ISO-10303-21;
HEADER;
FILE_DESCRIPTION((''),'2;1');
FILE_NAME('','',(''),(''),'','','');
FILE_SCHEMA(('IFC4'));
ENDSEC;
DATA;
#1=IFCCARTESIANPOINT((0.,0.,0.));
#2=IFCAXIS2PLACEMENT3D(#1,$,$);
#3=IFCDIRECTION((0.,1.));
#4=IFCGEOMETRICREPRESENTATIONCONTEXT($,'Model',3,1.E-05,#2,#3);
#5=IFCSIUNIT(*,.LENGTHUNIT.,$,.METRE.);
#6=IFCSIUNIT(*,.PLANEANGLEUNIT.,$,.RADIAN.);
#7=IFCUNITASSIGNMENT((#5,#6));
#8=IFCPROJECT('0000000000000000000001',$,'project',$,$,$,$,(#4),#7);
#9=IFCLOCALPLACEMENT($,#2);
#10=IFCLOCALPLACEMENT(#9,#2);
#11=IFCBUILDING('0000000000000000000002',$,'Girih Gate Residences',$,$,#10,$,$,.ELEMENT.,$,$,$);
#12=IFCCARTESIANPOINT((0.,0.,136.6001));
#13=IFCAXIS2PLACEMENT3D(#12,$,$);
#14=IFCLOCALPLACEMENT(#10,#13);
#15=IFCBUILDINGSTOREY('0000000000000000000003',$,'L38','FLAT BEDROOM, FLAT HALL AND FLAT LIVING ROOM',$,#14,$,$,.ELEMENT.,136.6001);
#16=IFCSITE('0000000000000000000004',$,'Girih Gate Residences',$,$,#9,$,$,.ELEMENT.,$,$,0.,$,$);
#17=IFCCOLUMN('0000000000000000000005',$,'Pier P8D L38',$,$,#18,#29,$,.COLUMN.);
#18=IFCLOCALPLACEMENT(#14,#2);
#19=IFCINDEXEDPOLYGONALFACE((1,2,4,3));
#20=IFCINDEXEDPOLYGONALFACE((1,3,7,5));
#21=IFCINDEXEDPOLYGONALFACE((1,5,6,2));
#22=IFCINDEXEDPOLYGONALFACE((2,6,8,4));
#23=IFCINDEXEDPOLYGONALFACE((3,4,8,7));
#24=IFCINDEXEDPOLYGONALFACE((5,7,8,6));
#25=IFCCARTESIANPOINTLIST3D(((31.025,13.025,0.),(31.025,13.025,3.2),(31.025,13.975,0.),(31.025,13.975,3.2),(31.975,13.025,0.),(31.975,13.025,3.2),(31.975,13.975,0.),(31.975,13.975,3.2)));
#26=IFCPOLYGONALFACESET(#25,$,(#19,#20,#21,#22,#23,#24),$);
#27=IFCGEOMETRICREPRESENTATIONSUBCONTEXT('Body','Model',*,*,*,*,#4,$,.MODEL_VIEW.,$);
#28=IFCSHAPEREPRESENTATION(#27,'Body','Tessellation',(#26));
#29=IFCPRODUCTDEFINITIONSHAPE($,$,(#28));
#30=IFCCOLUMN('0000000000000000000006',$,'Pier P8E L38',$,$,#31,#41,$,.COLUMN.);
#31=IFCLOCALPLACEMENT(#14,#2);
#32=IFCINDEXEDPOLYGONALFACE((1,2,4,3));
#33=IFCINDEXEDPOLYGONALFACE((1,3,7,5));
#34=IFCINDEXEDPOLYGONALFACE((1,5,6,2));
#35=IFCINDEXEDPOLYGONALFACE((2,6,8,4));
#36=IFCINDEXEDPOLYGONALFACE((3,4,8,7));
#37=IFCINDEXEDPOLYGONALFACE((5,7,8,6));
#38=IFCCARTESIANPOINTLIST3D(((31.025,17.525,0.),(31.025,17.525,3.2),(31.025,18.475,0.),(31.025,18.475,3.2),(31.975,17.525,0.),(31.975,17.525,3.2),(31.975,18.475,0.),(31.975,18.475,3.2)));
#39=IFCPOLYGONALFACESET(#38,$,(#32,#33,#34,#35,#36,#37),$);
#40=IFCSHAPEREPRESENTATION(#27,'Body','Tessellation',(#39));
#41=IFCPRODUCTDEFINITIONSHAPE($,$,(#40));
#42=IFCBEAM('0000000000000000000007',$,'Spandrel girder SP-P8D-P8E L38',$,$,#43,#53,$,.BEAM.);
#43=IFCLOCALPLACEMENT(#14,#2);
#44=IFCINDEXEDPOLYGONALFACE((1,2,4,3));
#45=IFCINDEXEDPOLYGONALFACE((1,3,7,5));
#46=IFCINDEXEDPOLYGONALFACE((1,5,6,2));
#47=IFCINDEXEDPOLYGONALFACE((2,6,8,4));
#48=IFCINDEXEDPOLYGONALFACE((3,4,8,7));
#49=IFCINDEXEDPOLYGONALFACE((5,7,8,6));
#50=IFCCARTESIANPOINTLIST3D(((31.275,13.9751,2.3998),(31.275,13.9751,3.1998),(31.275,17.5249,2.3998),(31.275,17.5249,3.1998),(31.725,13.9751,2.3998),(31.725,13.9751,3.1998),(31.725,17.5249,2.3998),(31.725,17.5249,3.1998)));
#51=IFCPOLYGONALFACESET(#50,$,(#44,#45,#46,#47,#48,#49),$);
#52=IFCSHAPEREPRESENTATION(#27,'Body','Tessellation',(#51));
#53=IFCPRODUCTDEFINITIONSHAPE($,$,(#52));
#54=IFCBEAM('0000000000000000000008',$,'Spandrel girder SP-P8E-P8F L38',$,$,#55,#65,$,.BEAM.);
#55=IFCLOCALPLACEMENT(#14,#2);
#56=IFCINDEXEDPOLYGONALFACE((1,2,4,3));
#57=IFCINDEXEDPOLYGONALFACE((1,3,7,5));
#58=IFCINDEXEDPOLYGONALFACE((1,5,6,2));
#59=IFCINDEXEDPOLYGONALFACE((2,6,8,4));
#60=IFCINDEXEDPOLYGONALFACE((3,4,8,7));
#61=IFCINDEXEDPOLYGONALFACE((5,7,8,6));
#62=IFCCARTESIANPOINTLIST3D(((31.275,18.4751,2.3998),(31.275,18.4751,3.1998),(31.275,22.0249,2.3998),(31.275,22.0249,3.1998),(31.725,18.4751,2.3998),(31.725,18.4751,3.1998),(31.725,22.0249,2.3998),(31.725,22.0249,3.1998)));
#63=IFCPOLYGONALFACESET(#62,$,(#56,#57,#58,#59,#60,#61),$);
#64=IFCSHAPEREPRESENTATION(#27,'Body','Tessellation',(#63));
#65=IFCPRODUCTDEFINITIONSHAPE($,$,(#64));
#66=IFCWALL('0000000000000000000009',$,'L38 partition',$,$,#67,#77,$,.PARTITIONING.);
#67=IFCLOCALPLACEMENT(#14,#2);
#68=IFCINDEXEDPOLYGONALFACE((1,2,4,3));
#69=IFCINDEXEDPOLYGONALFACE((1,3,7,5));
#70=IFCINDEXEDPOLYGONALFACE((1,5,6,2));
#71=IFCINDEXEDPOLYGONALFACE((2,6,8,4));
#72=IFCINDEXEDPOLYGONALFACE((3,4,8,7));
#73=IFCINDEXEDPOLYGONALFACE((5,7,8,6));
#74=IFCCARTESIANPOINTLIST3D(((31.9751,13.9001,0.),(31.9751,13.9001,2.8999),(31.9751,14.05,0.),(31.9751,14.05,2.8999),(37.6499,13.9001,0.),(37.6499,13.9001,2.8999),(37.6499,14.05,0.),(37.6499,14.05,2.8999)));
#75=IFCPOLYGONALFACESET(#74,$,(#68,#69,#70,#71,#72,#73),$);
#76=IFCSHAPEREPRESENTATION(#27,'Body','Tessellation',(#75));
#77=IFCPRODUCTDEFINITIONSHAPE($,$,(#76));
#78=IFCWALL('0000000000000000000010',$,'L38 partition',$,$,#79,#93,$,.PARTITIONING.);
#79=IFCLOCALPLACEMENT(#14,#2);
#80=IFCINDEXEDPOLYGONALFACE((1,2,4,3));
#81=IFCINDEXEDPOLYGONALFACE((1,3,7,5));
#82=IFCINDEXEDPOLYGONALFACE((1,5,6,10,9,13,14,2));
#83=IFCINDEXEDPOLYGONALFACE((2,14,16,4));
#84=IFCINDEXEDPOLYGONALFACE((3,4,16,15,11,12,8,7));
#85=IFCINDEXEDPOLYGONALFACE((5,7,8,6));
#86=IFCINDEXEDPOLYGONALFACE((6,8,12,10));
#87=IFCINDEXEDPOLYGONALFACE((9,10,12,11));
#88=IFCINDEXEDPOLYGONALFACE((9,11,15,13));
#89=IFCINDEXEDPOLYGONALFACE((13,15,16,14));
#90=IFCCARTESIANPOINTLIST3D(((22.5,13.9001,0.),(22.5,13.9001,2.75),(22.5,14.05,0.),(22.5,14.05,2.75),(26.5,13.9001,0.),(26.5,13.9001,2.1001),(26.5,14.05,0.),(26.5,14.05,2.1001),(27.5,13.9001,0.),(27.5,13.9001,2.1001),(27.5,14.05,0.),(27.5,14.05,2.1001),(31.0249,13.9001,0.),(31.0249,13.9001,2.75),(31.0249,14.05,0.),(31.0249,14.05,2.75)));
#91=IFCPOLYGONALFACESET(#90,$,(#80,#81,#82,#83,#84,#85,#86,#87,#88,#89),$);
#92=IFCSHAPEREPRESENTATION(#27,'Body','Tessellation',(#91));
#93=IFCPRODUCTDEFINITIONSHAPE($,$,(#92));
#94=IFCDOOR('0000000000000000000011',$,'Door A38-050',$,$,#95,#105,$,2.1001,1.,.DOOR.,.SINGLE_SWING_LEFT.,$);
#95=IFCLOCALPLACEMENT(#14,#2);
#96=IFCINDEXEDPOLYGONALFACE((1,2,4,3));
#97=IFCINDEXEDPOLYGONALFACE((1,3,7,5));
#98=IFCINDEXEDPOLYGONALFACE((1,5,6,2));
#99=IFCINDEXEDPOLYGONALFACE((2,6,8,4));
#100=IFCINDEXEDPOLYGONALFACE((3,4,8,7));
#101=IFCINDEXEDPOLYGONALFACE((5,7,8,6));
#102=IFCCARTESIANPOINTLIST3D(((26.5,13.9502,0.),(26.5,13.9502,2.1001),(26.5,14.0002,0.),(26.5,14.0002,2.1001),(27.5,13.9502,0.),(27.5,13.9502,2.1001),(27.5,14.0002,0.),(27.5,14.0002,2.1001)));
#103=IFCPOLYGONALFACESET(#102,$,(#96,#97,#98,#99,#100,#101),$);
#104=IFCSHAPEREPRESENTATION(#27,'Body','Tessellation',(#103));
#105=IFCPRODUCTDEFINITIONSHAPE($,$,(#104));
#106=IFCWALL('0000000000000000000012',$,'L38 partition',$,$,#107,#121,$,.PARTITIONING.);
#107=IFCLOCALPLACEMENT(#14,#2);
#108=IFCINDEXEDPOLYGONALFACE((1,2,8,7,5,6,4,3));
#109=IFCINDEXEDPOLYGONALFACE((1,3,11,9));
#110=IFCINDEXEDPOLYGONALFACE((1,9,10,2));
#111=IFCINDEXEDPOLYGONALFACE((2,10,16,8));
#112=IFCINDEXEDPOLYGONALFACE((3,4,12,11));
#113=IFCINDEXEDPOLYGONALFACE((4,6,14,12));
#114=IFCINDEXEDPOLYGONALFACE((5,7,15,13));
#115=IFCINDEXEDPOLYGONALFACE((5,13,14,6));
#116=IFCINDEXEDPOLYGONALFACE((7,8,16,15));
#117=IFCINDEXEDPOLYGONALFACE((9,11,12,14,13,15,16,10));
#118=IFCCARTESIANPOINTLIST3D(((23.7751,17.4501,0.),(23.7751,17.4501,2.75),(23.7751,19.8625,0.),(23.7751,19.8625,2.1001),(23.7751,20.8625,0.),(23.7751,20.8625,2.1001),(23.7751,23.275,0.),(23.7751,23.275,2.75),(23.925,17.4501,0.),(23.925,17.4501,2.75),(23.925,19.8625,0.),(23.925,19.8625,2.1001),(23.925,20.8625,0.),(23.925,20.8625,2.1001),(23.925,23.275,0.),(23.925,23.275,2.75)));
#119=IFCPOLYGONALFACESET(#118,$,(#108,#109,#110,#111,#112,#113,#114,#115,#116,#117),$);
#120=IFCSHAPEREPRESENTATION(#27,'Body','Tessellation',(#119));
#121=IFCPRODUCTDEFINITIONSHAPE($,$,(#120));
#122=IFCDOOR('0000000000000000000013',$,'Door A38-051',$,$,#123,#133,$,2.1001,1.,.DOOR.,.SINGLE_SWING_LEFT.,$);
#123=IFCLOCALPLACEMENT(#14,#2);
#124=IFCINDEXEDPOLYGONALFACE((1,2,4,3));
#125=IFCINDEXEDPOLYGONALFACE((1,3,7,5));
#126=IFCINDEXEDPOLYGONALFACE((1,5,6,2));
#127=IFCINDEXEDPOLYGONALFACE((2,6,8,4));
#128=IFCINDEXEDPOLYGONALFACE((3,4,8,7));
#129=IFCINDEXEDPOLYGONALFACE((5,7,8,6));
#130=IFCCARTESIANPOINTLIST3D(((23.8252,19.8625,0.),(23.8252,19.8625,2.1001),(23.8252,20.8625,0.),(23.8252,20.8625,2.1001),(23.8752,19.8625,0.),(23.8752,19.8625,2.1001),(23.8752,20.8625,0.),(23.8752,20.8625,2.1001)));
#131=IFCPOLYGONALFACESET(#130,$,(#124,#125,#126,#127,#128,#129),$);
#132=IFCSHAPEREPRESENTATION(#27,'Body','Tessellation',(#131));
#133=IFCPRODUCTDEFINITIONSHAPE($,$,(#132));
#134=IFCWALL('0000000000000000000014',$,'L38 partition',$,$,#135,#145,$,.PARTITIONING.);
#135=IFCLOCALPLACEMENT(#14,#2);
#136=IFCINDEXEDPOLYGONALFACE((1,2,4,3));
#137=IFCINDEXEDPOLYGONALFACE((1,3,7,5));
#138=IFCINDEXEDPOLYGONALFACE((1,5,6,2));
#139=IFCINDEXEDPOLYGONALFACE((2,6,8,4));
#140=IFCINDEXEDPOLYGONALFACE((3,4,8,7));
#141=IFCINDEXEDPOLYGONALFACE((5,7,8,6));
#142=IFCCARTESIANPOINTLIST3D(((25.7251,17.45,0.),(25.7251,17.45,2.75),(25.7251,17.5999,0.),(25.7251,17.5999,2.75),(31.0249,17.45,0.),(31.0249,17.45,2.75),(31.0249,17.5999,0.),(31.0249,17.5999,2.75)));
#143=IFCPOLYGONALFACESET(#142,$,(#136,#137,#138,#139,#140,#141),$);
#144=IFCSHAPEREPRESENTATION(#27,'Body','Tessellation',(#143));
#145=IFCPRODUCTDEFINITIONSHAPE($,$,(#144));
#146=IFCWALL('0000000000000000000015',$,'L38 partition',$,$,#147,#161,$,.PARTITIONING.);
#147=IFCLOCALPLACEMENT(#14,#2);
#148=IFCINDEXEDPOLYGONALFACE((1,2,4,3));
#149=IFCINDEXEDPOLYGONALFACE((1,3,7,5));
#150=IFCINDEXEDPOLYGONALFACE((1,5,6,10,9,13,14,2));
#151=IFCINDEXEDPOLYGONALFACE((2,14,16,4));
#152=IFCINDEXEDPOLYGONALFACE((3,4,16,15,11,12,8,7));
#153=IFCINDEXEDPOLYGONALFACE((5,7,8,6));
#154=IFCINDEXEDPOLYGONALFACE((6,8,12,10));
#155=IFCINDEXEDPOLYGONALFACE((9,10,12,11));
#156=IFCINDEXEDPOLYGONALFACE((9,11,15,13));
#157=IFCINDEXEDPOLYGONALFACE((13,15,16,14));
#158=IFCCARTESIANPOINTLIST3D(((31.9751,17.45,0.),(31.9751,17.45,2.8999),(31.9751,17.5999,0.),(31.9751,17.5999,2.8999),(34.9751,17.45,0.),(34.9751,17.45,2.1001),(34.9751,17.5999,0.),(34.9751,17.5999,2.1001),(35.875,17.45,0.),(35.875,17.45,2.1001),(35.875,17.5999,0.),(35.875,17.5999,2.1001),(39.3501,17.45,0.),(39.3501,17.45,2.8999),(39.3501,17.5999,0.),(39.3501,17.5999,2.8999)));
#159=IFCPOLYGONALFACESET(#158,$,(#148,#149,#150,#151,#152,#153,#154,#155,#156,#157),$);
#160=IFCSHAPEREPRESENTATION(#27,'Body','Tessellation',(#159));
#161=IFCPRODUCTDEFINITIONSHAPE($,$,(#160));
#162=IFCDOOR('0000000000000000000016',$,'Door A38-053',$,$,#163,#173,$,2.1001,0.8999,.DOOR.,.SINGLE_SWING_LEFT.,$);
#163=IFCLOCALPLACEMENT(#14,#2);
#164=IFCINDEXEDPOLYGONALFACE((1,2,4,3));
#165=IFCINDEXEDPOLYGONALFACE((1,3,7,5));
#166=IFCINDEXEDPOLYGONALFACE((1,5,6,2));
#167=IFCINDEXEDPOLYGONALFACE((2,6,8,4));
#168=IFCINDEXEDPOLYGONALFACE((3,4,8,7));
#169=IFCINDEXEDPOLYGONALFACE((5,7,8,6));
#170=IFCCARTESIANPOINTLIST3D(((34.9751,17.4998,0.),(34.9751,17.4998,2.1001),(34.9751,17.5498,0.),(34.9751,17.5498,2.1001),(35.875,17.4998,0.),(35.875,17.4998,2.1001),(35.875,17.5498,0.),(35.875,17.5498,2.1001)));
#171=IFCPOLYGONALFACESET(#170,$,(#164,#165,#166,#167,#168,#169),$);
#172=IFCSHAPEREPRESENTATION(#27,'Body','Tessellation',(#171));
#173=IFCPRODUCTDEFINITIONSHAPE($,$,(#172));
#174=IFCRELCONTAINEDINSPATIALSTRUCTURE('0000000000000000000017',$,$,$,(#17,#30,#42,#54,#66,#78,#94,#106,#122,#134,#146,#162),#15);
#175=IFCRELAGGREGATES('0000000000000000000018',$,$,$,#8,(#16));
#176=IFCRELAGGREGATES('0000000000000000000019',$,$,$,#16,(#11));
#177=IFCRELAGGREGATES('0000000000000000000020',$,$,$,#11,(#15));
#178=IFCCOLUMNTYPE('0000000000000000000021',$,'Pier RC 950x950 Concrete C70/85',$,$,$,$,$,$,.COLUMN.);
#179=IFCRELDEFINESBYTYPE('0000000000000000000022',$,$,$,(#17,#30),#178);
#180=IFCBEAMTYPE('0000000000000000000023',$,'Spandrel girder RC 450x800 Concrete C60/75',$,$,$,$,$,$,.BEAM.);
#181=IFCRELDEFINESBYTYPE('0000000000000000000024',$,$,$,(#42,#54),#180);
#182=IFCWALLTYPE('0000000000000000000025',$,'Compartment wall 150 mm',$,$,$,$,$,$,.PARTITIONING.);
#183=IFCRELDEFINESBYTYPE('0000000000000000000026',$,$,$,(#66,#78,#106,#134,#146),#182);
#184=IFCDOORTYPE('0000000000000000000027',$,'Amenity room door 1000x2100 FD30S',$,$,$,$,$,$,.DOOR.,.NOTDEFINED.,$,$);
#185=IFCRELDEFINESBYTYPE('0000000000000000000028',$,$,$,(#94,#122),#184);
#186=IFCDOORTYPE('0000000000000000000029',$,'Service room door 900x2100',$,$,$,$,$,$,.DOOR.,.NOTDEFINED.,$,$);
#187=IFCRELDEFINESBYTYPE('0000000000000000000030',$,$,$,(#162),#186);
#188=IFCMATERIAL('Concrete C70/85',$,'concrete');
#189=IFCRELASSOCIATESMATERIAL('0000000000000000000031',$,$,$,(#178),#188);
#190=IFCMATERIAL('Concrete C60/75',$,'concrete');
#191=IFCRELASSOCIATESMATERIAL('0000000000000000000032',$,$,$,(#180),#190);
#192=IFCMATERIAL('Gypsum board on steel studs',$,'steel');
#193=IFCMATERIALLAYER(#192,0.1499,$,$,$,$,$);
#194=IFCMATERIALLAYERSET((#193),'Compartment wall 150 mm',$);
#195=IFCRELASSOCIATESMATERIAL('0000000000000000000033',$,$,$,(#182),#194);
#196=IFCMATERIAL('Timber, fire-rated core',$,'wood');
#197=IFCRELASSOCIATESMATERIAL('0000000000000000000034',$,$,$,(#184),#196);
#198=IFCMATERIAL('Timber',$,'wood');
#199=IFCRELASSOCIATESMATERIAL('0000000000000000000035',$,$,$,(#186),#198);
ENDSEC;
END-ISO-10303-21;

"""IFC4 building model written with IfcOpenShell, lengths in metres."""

from ifc_helpers import new_model, si_unit, direction, frame, frame_2d, origin, origin_2d, place, context, subcontext, project, spatial, rectangle, extrude, material, layer, layer_set, material_profile, profile_set, type_object, element, fill, save


model = new_model("IFC4")

# Units and contexts
model_context = context("Model", 3, precision=1e-05, world=origin(), true_north=direction((0.0, 1.0)))
body_context = subcontext(model_context, "Body", "Model", "MODEL_VIEW")
ifc_project = project(units=[si_unit("LENGTHUNIT", "METRE"), si_unit("PLANEANGLEUNIT", "RADIAN")], contexts=[model_context])

# Site, building, storey
site_placement = place(None, origin())
site = spatial("IfcSite", under=ifc_project, at=site_placement, Name="Girih Gate Residences", CompositionType="ELEMENT", RefElevation=0.0)
building_placement = place(site_placement, origin())
building = spatial("IfcBuilding", under=site, at=building_placement, Name="Girih Gate Residences", CompositionType="ELEMENT")
storey_placement = place(building_placement, frame((0.0, 0.0, 136.6001)))
storey = spatial("IfcBuildingStorey", under=building, at=storey_placement, Name="L38", Description="FLAT BEDROOM, FLAT HALL AND FLAT LIVING ROOM", CompositionType="ELEMENT", Elevation=136.6001)

# Columns
ifc_material_1 = material(Name="Concrete C70/85", Category="concrete")
ifc_material_profile_1 = material_profile(ifc_material_1, rectangle(XDim=0.95, YDim=0.95, at=origin_2d()))
ifc_profile_set_1 = profile_set([ifc_material_profile_1], Name="Concrete C70/85")
column_type = type_object("IfcColumnType", Name="Pier RC 950x950 Concrete C70/85", PredefinedType="COLUMN", material=ifc_profile_set_1)
for number, where, z_axis, x_axis, name in (
    (1, (31.5, 13.5, 0.0), (0.0, 0.0, 1.0), (1.0, 0.0, 0.0), "Pier P8D L38"),
    (2, (31.5, 18.0, 0.0), (0.0, 0.0, 1.0), (1.0, 0.0, 0.0), "Pier P8E L38"),
):
    element("IfcColumn", number, at=place(storey_placement, frame(where, z_axis=z_axis, x_axis=x_axis)), inside=storey, type_object=column_type, Name=name, PredefinedType="COLUMN", context=body_context, shape_type="SweptSolid", body=[
        extrude(rectangle(XDim=0.95, YDim=0.95, at=origin_2d()), origin(), (0.0, 0.0, 1.0), 3.2),
    ])

# Beams
ifc_material_2 = material(Name="Concrete C60/75", Category="concrete")
ifc_material_profile_2 = material_profile(ifc_material_2, rectangle(XDim=0.45, YDim=0.8, at=origin_2d()))
ifc_profile_set_2 = profile_set([ifc_material_profile_2], Name="Concrete C60/75")
beam_type = type_object("IfcBeamType", Name="Spandrel girder RC 450x800 Concrete C60/75", PredefinedType="BEAM", material=ifc_profile_set_2)
for number, where, z_axis, x_axis, name in (
    (3, (31.5, 13.9751, 2.7998), (0.0, 1.0, 0.0), (-1.0, 0.0, 0.0), "Spandrel girder SP-P8D-P8E L38"),
    (4, (31.5, 18.4751, 2.7998), (0.0, 1.0, 0.0), (-1.0, 0.0, 0.0), "Spandrel girder SP-P8E-P8F L38"),
):
    element("IfcBeam", number, at=place(storey_placement, frame(where, z_axis=z_axis, x_axis=x_axis)), inside=storey, type_object=beam_type, Name=name, PredefinedType="BEAM", context=body_context, shape_type="SweptSolid", body=[
        extrude(rectangle(XDim=0.45, YDim=0.8, at=origin_2d()), origin(), (0.0, 0.0, 1.0), 3.5498),
    ])

# Wall
ifc_material_3 = material(Name="Gypsum board on steel studs", Category="steel")
ifc_layer_1 = layer(ifc_material_3, 0.1499)
ifc_layer_set_1 = layer_set([ifc_layer_1], Name="Compartment wall 150 mm")
wall_type_1 = type_object("IfcWallType", Name="Compartment wall 150 mm", PredefinedType="PARTITIONING", material=ifc_layer_set_1)
wall_1_placement = place(storey_placement, frame((31.9751, 13.9751, 0.0), z_axis=(0.0, 0.0, 1.0), x_axis=(1.0, 0.0, 0.0)))
element("IfcWall", 5, at=wall_1_placement, inside=storey, type_object=wall_type_1, Name="L38 partition", PredefinedType="PARTITIONING", context=body_context, shape_type="SweptSolid", body=[
    extrude(rectangle(XDim=5.6748, YDim=0.1499, at=frame_2d((2.8374, 0.0))), origin(), (0.0, 0.0, 1.0), 2.8999),
])

# Walls, openings, doors
wall_2_placement = place(storey_placement, frame((31.0249, 13.9751, 0.0), z_axis=(0.0, 0.0, 1.0), x_axis=(-1.0, 0.0, 0.0)))
wall_2 = element("IfcWall", 6, at=wall_2_placement, inside=storey, type_object=wall_type_1, Name="L38 partition", PredefinedType="PARTITIONING", context=body_context, shape_type="SweptSolid", body=[
    extrude(rectangle(XDim=8.5249, YDim=0.1499, at=frame_2d((4.2625, 0.0))), origin(), (0.0, 0.0, 1.0), 2.75),
])
opening_1_placement = place(wall_2_placement, frame((3.5249, 0.0, 0.0)))
opening_1 = element("IfcOpeningElement", 7, at=opening_1_placement, cuts=wall_2, PredefinedType="OPENING", context=body_context, shape_type="SweptSolid", body=[
    extrude(rectangle(XDim=1.0, YDim=2.1001, at=frame_2d((0.5, 1.05))), frame((0.0, 0.085, 0.0), z_axis=(0.0, -1.0, 0.0), x_axis=(1.0, 0.0, 0.0)), (0.0, 0.0, 1.0), 0.1699),
])
ifc_material_4 = material(Name="Timber, fire-rated core", Category="wood")
door_type_1 = type_object("IfcDoorType", Name="Amenity room door 1000x2100 FD30S", OperationType="NOTDEFINED", PredefinedType="DOOR", material=ifc_material_4)
door_1_placement = place(opening_1_placement, origin())
door_1 = element("IfcDoor", 8, at=door_1_placement, inside=storey, type_object=door_type_1, Name="Door A38-050", OperationType="SINGLE_SWING_LEFT", OverallHeight=2.1001, OverallWidth=1.0, PredefinedType="DOOR", context=body_context, shape_type="SweptSolid", body=[
    extrude(rectangle(XDim=1.0, YDim=2.1001, at=frame_2d((0.5, 1.05))), frame((0.0, 0.0249, 0.0), z_axis=(0.0, -1.0, 0.0), x_axis=(1.0, 0.0, 0.0)), (0.0, 0.0, 1.0), 0.05),
])
fill(opening_1, door_1)
wall_3_placement = place(storey_placement, frame((23.8501, 17.45, 0.0), z_axis=(0.0, 0.0, 1.0), x_axis=(0.0, 1.0, 0.0)))
wall_3 = element("IfcWall", 9, at=wall_3_placement, inside=storey, type_object=wall_type_1, Name="L38 partition", PredefinedType="PARTITIONING", context=body_context, shape_type="SweptSolid", body=[
    extrude(rectangle(XDim=5.825, YDim=0.1499, at=frame_2d((2.9126, 0.0))), origin(), (0.0, 0.0, 1.0), 2.75),
])
opening_2_placement = place(wall_3_placement, frame((2.4126, 0.0, 0.0)))
opening_2 = element("IfcOpeningElement", 10, at=opening_2_placement, cuts=wall_3, PredefinedType="OPENING", context=body_context, shape_type="SweptSolid", body=[
    extrude(rectangle(XDim=1.0, YDim=2.1001, at=frame_2d((0.5, 1.05))), frame((0.0, 0.085, 0.0), z_axis=(0.0, -1.0, 0.0), x_axis=(1.0, 0.0, 0.0)), (0.0, 0.0, 1.0), 0.1699),
])
door_2_placement = place(opening_2_placement, origin())
door_2 = element("IfcDoor", 11, at=door_2_placement, inside=storey, type_object=door_type_1, Name="Door A38-051", OperationType="SINGLE_SWING_LEFT", OverallHeight=2.1001, OverallWidth=1.0, PredefinedType="DOOR", context=body_context, shape_type="SweptSolid", body=[
    extrude(rectangle(XDim=1.0, YDim=2.1001, at=frame_2d((0.5, 1.05))), frame((0.0, 0.0249, 0.0), z_axis=(0.0, -1.0, 0.0), x_axis=(1.0, 0.0, 0.0)), (0.0, 0.0, 1.0), 0.05),
])
fill(opening_2, door_2)

# Wall
wall_4_placement = place(storey_placement, frame((25.7251, 17.5249, 0.0), z_axis=(0.0, 0.0, 1.0), x_axis=(1.0, 0.0, 0.0)))
element("IfcWall", 12, at=wall_4_placement, inside=storey, type_object=wall_type_1, Name="L38 partition", PredefinedType="PARTITIONING", context=body_context, shape_type="SweptSolid", body=[
    extrude(rectangle(XDim=5.2998, YDim=0.1499, at=frame_2d((2.6499, 0.0))), origin(), (0.0, 0.0, 1.0), 2.75),
])

# Wall, opening, door
wall_5_placement = place(storey_placement, frame((31.9751, 17.5249, 0.0), z_axis=(0.0, 0.0, 1.0), x_axis=(1.0, 0.0, 0.0)))
wall_5 = element("IfcWall", 13, at=wall_5_placement, inside=storey, type_object=wall_type_1, Name="L38 partition", PredefinedType="PARTITIONING", context=body_context, shape_type="SweptSolid", body=[
    extrude(rectangle(XDim=7.375, YDim=0.1499, at=frame_2d((3.6875, 0.0))), origin(), (0.0, 0.0, 1.0), 2.8999),
])
opening_3_placement = place(wall_5_placement, frame((3.0, 0.0, 0.0)))
opening_3 = element("IfcOpeningElement", 14, at=opening_3_placement, cuts=wall_5, PredefinedType="OPENING", context=body_context, shape_type="SweptSolid", body=[
    extrude(rectangle(XDim=0.8999, YDim=2.1001, at=frame_2d((0.45, 1.05))), frame((0.0, 0.085, 0.0), z_axis=(0.0, -1.0, 0.0), x_axis=(1.0, 0.0, 0.0)), (0.0, 0.0, 1.0), 0.1699),
])
ifc_material_5 = material(Name="Timber", Category="wood")
door_type_2 = type_object("IfcDoorType", Name="Service room door 900x2100", OperationType="NOTDEFINED", PredefinedType="DOOR", material=ifc_material_5)
door_3_placement = place(opening_3_placement, origin())
door_3 = element("IfcDoor", 15, at=door_3_placement, inside=storey, type_object=door_type_2, Name="Door A38-053", OperationType="SINGLE_SWING_LEFT", OverallHeight=2.1001, OverallWidth=0.8999, PredefinedType="DOOR", context=body_context, shape_type="SweptSolid", body=[
    extrude(rectangle(XDim=0.8999, YDim=2.1001, at=frame_2d((0.45, 1.05))), frame((0.0, 0.0249, 0.0), z_axis=(0.0, -1.0, 0.0), x_axis=(1.0, 0.0, 0.0)), (0.0, 0.0, 1.0), 0.05),
])
fill(opening_3, door_3)

save(model, "model.ifc")
